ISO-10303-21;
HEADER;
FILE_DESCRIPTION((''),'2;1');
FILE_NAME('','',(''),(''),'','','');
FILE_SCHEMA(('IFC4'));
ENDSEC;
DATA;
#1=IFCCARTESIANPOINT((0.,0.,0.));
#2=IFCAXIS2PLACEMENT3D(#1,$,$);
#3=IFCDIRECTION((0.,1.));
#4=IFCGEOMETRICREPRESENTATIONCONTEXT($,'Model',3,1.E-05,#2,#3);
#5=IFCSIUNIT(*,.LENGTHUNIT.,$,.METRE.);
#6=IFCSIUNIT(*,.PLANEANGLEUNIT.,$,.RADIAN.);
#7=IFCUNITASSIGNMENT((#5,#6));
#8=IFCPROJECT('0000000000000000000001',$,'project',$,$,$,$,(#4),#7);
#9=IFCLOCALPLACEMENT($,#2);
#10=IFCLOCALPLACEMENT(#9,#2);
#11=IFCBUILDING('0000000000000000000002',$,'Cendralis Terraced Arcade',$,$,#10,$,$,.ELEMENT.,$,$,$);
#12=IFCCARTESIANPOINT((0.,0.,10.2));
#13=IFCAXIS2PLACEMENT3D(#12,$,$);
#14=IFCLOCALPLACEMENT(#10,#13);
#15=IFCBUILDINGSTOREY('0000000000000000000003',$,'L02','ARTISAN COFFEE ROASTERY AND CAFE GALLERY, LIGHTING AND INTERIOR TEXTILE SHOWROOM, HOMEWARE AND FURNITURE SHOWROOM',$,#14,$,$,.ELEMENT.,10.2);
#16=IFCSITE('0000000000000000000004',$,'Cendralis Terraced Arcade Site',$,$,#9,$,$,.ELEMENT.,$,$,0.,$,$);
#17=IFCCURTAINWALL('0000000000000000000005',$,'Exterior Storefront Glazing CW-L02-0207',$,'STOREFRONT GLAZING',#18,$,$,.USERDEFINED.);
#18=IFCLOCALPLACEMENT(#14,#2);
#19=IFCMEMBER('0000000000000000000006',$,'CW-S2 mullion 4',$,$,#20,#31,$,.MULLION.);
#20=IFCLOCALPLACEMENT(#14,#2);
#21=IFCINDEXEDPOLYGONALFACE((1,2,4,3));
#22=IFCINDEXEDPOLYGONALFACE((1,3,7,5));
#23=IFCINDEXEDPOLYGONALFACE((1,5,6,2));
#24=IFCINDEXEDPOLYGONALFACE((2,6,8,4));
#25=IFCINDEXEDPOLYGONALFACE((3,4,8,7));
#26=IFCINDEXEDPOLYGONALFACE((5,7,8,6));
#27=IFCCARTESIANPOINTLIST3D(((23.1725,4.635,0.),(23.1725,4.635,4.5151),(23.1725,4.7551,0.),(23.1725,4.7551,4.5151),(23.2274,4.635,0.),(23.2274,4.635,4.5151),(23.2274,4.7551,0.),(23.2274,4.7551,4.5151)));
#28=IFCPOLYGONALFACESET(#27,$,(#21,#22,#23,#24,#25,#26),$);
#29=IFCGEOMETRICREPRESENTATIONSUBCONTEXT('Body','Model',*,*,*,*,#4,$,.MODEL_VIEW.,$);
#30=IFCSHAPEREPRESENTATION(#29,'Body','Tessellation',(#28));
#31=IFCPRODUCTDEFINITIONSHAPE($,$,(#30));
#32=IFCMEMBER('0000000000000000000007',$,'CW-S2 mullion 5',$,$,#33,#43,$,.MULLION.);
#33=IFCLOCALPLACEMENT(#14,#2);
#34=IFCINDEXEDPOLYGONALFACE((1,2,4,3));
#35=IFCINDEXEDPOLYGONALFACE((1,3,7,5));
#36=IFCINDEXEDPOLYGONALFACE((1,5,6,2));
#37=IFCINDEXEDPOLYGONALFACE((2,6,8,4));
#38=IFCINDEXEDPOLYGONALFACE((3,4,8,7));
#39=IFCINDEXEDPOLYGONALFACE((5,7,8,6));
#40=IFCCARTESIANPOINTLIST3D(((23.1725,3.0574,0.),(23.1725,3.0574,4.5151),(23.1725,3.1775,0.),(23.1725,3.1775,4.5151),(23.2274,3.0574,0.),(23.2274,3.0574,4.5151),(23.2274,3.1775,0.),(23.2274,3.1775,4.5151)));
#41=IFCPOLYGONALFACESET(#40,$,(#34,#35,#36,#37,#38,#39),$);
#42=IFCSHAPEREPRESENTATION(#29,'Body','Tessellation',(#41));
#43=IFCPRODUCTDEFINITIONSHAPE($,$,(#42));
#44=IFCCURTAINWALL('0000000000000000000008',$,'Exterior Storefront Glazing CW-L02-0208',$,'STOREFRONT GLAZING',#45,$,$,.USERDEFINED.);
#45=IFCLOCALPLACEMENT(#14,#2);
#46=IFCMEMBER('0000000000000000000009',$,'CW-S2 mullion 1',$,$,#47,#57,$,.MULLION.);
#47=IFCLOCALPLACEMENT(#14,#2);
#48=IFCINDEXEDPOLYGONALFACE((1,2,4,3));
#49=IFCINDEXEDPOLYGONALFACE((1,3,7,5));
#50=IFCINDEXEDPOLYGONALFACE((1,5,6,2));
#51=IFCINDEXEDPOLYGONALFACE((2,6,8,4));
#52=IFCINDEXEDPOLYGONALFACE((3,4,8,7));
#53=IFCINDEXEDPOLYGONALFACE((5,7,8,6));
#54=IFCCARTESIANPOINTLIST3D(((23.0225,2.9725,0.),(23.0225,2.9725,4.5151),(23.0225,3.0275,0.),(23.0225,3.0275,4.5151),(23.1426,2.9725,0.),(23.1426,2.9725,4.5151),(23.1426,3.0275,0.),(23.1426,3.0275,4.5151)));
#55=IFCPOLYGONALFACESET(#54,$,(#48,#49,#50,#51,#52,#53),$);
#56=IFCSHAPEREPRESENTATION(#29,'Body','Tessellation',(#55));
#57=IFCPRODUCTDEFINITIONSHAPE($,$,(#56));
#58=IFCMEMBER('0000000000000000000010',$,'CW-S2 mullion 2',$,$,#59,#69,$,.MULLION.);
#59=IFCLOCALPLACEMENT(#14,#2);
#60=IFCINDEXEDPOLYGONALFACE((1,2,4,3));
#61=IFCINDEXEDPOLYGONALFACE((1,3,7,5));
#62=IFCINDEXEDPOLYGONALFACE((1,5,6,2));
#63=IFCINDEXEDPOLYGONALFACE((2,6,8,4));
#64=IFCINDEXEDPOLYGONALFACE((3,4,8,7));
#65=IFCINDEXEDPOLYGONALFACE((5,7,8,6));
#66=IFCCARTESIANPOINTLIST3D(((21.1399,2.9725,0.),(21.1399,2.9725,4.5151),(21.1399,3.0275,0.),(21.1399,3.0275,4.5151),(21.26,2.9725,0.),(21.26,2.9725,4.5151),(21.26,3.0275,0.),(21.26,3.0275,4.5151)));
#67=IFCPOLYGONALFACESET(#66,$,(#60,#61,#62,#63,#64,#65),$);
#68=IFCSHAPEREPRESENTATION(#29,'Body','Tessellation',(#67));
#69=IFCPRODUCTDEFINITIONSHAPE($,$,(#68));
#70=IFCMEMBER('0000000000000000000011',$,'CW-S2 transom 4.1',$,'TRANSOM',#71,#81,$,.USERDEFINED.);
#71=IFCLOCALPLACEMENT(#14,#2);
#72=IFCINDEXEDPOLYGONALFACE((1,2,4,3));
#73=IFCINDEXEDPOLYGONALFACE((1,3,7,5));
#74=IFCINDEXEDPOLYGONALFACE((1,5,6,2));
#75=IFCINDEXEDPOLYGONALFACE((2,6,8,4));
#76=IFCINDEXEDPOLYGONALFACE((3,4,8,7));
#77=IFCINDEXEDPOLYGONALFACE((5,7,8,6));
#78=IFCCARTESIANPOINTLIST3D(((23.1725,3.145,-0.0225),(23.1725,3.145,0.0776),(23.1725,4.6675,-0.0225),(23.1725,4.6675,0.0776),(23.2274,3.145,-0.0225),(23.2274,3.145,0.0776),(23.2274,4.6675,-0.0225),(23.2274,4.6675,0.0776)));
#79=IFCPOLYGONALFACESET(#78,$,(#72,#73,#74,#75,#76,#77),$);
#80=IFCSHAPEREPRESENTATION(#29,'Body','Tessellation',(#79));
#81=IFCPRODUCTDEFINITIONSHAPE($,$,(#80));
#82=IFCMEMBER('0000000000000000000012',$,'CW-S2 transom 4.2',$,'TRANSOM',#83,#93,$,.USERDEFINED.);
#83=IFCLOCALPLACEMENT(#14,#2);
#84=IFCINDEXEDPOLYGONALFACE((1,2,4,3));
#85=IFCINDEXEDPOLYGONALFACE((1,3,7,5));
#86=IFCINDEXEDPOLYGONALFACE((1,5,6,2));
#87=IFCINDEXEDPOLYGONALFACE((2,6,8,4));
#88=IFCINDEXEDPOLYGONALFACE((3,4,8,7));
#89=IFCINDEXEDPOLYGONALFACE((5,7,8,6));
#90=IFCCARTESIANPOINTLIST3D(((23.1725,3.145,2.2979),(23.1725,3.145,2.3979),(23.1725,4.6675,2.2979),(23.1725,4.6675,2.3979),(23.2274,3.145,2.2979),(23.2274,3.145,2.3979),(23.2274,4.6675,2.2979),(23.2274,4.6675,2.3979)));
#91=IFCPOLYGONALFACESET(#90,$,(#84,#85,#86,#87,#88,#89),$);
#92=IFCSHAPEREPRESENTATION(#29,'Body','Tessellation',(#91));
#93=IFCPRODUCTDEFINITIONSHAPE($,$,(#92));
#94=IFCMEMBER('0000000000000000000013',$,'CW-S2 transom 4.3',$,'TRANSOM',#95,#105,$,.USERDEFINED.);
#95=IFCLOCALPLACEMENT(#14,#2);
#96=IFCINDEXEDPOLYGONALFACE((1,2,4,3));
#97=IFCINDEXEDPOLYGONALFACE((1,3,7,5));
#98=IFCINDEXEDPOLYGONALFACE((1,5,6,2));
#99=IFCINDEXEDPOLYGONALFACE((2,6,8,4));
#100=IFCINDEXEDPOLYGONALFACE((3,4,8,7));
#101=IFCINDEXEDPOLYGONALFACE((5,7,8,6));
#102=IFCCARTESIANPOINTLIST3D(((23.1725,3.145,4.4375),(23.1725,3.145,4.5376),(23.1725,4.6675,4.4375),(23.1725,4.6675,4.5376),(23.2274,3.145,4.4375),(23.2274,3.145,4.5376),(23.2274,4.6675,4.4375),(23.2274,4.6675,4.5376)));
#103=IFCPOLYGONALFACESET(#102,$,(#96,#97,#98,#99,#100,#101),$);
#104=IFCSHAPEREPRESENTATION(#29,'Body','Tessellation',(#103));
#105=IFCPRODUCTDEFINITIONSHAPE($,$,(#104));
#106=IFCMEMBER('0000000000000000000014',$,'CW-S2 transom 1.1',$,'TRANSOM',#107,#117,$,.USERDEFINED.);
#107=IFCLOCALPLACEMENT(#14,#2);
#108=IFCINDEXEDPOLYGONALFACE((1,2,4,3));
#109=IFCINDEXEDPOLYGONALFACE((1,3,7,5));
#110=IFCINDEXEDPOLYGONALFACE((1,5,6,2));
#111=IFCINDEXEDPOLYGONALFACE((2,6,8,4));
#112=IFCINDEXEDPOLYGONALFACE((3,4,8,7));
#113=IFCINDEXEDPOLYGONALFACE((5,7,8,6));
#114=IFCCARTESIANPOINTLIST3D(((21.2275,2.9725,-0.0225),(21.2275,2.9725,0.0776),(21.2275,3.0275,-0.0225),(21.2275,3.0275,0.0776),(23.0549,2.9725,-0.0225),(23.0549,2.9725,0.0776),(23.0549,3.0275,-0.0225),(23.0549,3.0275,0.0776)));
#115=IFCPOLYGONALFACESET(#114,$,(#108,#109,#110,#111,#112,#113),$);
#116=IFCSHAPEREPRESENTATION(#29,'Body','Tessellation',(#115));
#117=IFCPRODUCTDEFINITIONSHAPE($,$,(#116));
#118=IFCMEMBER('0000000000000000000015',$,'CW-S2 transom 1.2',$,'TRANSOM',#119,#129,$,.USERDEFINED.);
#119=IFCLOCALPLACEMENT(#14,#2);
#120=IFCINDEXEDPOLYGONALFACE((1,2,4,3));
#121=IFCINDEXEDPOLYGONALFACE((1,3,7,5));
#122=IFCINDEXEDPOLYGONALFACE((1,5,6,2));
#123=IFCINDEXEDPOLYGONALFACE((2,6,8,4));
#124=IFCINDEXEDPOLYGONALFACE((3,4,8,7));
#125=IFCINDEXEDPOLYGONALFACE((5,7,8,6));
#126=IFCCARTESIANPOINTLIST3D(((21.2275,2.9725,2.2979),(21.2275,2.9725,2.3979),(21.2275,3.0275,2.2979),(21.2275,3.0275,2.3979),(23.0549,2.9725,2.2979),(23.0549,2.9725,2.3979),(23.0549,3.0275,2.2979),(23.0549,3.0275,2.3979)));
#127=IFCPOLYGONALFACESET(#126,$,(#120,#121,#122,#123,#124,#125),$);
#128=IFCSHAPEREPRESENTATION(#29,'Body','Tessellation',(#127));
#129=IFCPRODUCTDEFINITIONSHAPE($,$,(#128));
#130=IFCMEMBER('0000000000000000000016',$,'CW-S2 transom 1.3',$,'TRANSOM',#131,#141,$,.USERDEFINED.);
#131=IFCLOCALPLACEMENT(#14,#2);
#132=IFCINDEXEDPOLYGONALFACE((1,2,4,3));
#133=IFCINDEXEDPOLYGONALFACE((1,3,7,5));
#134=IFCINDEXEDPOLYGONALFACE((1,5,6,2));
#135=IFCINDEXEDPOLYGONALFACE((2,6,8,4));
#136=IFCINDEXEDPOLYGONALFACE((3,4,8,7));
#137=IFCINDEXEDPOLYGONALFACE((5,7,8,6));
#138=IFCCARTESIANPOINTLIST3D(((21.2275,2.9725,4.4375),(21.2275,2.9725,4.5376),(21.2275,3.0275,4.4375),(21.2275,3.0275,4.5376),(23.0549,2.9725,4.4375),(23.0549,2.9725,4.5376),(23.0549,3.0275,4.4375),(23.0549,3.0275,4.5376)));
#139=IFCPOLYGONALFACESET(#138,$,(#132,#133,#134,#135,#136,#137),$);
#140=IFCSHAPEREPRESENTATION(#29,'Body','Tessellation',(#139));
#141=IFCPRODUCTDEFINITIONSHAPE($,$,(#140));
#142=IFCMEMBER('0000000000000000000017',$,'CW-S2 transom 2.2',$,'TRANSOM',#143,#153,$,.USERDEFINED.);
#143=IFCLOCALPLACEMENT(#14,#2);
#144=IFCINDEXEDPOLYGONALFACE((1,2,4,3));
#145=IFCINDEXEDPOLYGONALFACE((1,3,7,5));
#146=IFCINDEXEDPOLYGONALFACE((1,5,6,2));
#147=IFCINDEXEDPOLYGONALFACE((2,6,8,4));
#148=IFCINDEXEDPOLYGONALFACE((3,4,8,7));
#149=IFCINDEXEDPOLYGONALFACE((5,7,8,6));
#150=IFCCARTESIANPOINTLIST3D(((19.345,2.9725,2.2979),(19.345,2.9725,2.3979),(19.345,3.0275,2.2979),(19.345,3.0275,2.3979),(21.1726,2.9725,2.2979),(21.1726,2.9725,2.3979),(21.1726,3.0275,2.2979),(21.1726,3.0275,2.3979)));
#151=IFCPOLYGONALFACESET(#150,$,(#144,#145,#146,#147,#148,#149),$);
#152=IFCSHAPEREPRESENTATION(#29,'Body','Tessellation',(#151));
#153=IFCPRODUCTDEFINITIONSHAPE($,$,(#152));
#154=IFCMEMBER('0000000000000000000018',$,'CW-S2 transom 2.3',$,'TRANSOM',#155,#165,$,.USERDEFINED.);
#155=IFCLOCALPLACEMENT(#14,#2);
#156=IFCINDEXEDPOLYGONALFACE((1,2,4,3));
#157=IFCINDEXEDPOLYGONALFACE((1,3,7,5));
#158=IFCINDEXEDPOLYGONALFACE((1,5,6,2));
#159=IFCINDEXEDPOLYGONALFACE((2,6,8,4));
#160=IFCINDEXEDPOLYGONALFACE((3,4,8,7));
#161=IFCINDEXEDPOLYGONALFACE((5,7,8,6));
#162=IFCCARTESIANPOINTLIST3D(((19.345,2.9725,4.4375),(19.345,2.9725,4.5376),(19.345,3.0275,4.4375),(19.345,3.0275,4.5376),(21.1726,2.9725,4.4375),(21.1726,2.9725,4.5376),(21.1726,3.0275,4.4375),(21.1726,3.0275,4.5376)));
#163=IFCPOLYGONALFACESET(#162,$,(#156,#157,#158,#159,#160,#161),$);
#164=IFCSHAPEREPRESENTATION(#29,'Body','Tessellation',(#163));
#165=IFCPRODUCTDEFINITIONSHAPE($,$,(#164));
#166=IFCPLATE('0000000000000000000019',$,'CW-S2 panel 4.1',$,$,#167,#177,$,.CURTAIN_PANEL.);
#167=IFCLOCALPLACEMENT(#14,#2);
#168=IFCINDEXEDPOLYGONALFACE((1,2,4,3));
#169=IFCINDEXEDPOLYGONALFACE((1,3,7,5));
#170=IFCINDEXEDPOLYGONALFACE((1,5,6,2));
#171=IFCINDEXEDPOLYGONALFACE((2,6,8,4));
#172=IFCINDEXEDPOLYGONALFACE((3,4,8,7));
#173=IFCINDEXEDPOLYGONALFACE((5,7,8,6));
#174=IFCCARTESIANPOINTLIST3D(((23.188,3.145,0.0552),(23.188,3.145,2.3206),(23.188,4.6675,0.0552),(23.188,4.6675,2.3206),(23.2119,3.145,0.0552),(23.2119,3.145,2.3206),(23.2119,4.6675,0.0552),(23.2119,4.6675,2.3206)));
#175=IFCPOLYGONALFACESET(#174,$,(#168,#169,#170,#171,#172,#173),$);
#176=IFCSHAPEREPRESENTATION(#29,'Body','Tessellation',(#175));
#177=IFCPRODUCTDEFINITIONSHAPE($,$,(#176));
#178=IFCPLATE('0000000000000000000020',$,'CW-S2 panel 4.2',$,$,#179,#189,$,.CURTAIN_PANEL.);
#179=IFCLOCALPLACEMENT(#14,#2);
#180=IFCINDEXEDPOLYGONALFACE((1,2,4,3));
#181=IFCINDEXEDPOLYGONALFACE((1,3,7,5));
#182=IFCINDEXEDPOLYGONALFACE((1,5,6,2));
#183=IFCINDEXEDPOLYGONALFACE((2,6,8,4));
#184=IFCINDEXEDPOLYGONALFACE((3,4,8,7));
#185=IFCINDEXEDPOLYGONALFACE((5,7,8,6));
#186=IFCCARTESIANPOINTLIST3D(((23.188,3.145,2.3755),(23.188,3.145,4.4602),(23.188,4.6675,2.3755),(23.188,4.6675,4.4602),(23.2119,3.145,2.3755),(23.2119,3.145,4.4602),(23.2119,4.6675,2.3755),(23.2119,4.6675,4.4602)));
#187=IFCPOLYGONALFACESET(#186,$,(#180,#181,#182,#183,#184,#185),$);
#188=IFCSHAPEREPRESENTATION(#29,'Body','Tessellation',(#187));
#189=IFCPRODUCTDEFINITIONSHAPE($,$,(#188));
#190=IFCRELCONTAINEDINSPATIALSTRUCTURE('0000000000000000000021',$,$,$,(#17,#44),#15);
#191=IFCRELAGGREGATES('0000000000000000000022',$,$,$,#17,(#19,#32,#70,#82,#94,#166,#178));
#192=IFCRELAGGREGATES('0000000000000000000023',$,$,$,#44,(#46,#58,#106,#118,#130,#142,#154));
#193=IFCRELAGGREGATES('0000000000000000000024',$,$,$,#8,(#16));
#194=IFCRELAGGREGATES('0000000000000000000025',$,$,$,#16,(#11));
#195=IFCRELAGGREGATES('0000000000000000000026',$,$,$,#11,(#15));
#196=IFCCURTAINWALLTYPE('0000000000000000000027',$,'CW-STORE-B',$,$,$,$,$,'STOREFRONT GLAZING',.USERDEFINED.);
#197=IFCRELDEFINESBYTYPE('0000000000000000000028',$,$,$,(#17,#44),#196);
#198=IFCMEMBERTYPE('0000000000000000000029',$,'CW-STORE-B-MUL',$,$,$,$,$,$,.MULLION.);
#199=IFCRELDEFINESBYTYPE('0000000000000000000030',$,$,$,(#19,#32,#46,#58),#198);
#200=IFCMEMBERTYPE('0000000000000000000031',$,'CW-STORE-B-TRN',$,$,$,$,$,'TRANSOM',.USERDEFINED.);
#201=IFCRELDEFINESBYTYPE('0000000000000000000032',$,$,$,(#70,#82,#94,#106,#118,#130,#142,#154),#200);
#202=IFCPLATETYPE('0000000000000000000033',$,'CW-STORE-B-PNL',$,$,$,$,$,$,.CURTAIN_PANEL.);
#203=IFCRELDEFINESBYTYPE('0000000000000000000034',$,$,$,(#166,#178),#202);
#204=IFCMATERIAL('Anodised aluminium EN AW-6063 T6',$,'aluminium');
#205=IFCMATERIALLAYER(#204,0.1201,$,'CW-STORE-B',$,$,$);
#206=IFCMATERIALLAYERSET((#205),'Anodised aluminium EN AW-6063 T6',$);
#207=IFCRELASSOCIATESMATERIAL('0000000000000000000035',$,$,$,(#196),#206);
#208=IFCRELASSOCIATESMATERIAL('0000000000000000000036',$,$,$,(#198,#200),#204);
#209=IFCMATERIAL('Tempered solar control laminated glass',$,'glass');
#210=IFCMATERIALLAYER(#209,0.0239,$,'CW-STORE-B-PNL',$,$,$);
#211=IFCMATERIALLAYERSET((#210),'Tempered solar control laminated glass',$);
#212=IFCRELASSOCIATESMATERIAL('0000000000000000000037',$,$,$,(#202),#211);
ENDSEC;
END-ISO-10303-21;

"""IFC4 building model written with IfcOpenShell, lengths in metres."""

from ifc_helpers import new_model, si_unit, direction, frame, origin, origin_2d, place, context, subcontext, project, spatial, rectangle, extrude, material, layer, layer_set, material_profile, profile_set, type_object, element, aggregate, save


model = new_model("IFC4")

# Units and contexts
model_context = context("Model", 3, precision=1e-05, world=origin(), true_north=direction((0.0, 1.0)))
body_context = subcontext(model_context, "Body", "Model", "MODEL_VIEW")
ifc_project = project(units=[si_unit("LENGTHUNIT", "METRE"), si_unit("PLANEANGLEUNIT", "RADIAN")], contexts=[model_context])

# Site, building, storey
site_placement = place(None, origin())
site = spatial("IfcSite", under=ifc_project, at=site_placement, Name="Cendralis Terraced Arcade Site", CompositionType="ELEMENT", RefElevation=0.0)
building_placement = place(site_placement, origin())
building = spatial("IfcBuilding", under=site, at=building_placement, Name="Cendralis Terraced Arcade", CompositionType="ELEMENT")
storey_placement = place(building_placement, frame((0.0, 0.0, 10.2)))
storey = spatial("IfcBuildingStorey", under=building, at=storey_placement, Name="L02", Description="ARTISAN COFFEE ROASTERY AND CAFE GALLERY, LIGHTING AND INTERIOR TEXTILE SHOWROOM, HOMEWARE AND FURNITURE SHOWROOM", CompositionType="ELEMENT", Elevation=10.2)

# Curtain walls, members
ifc_material_1 = material(Name="Anodised aluminium EN AW-6063 T6", Category="aluminium")
ifc_layer_1 = layer(ifc_material_1, 0.1201, Name="CW-STORE-B")
ifc_layer_set_1 = layer_set([ifc_layer_1], Name="Anodised aluminium EN AW-6063 T6")
curtain_wall_type = type_object("IfcCurtainWallType", Name="CW-STORE-B", ElementType="STOREFRONT GLAZING", PredefinedType="USERDEFINED", material=ifc_layer_set_1)
curtain_wall_1_placement = place(storey_placement, origin())
curtain_wall_1 = element("IfcCurtainWall", 1, at=curtain_wall_1_placement, inside=storey, type_object=curtain_wall_type, Name="Exterior Storefront Glazing CW-L02-0207", ObjectType="STOREFRONT GLAZING", PredefinedType="USERDEFINED")
ifc_material_profile_1 = material_profile(ifc_material_1, rectangle(XDim=0.0549, YDim=0.1201, at=origin_2d()), Name="ALU-MUL-55x120")
ifc_profile_set_1 = profile_set([ifc_material_profile_1], Name="Anodised aluminium EN AW-6063 T6")
member_type_1 = type_object("IfcMemberType", Name="CW-STORE-B-MUL", PredefinedType="MULLION", material=ifc_profile_set_1)
member_1_placement = place(storey_placement, frame((23.2, 4.6951, 0.0), z_axis=(0.0, 0.0, 1.0), x_axis=(1.0, 0.0, 0.0)))
member_1 = element("IfcMember", 2, at=member_1_placement, type_object=member_type_1, Name="CW-S2 mullion 4", PredefinedType="MULLION", context=body_context, shape_type="SweptSolid", body=[
    extrude(rectangle(XDim=0.0549, YDim=0.1201, at=origin_2d()), origin(), (0.0, 0.0, 1.0), 4.5151),
])
member_2_placement = place(storey_placement, frame((23.2, 3.1174, 0.0), z_axis=(0.0, 0.0, 1.0), x_axis=(1.0, 0.0, 0.0)))
member_2 = element("IfcMember", 3, at=member_2_placement, type_object=member_type_1, Name="CW-S2 mullion 5", PredefinedType="MULLION", context=body_context, shape_type="SweptSolid", body=[
    extrude(rectangle(XDim=0.0549, YDim=0.1201, at=origin_2d()), origin(), (0.0, 0.0, 1.0), 4.5151),
])
curtain_wall_2_placement = place(storey_placement, origin())
curtain_wall_2 = element("IfcCurtainWall", 4, at=curtain_wall_2_placement, inside=storey, type_object=curtain_wall_type, Name="Exterior Storefront Glazing CW-L02-0208", ObjectType="STOREFRONT GLAZING", PredefinedType="USERDEFINED")
member_3_placement = place(storey_placement, frame((23.0825, 3.0, 0.0), z_axis=(0.0, 0.0, 1.0), x_axis=(0.0, -1.0, 0.0)))
member_3 = element("IfcMember", 5, at=member_3_placement, type_object=member_type_1, Name="CW-S2 mullion 1", PredefinedType="MULLION", context=body_context, shape_type="SweptSolid", body=[
    extrude(rectangle(XDim=0.0549, YDim=0.1201, at=origin_2d()), origin(), (0.0, 0.0, 1.0), 4.5151),
])
member_4_placement = place(storey_placement, frame((21.2, 3.0, 0.0), z_axis=(0.0, 0.0, 1.0), x_axis=(0.0, -1.0, 0.0)))
member_4 = element("IfcMember", 6, at=member_4_placement, type_object=member_type_1, Name="CW-S2 mullion 2", PredefinedType="MULLION", context=body_context, shape_type="SweptSolid", body=[
    extrude(rectangle(XDim=0.0549, YDim=0.1201, at=origin_2d()), origin(), (0.0, 0.0, 1.0), 4.5151),
])

# Members
ifc_material_profile_2 = material_profile(ifc_material_1, rectangle(XDim=0.0549, YDim=0.1001, at=origin_2d()), Name="ALU-TRN-55x100")
ifc_profile_set_2 = profile_set([ifc_material_profile_2], Name="Anodised aluminium EN AW-6063 T6")
member_type_2 = type_object("IfcMemberType", Name="CW-STORE-B-TRN", ElementType="TRANSOM", PredefinedType="USERDEFINED", material=ifc_profile_set_2)
member_5_placement = place(storey_placement, frame((23.2, 4.6675, 0.0276), z_axis=(0.0, -1.0, 0.0), x_axis=(1.0, 0.0, 0.0)))
member_5 = element("IfcMember", 7, at=member_5_placement, type_object=member_type_2, Name="CW-S2 transom 4.1", ObjectType="TRANSOM", PredefinedType="USERDEFINED", context=body_context, shape_type="SweptSolid", body=[
    extrude(rectangle(XDim=0.0549, YDim=0.1001, at=origin_2d()), origin(), (0.0, 0.0, 1.0), 1.5225),
])
member_6_placement = place(storey_placement, frame((23.2, 4.6675, 2.3479), z_axis=(0.0, -1.0, 0.0), x_axis=(1.0, 0.0, 0.0)))
member_6 = element("IfcMember", 8, at=member_6_placement, type_object=member_type_2, Name="CW-S2 transom 4.2", ObjectType="TRANSOM", PredefinedType="USERDEFINED", context=body_context, shape_type="SweptSolid", body=[
    extrude(rectangle(XDim=0.0549, YDim=0.1001, at=origin_2d()), origin(), (0.0, 0.0, 1.0), 1.5225),
])
member_7_placement = place(storey_placement, frame((23.2, 4.6675, 4.4875), z_axis=(0.0, -1.0, 0.0), x_axis=(1.0, 0.0, 0.0)))
member_7 = element("IfcMember", 9, at=member_7_placement, type_object=member_type_2, Name="CW-S2 transom 4.3", ObjectType="TRANSOM", PredefinedType="USERDEFINED", context=body_context, shape_type="SweptSolid", body=[
    extrude(rectangle(XDim=0.0549, YDim=0.1001, at=origin_2d()), origin(), (0.0, 0.0, 1.0), 1.5225),
])
member_8_placement = place(storey_placement, frame((23.0549, 3.0, 0.0276), z_axis=(-1.0, 0.0, 0.0), x_axis=(0.0, -1.0, 0.0)))
member_8 = element("IfcMember", 10, at=member_8_placement, type_object=member_type_2, Name="CW-S2 transom 1.1", ObjectType="TRANSOM", PredefinedType="USERDEFINED", context=body_context, shape_type="SweptSolid", body=[
    extrude(rectangle(XDim=0.0549, YDim=0.1001, at=origin_2d()), origin(), (0.0, 0.0, 1.0), 1.8274),
])
member_9_placement = place(storey_placement, frame((23.0549, 3.0, 2.3479), z_axis=(-1.0, 0.0, 0.0), x_axis=(0.0, -1.0, 0.0)))
member_9 = element("IfcMember", 11, at=member_9_placement, type_object=member_type_2, Name="CW-S2 transom 1.2", ObjectType="TRANSOM", PredefinedType="USERDEFINED", context=body_context, shape_type="SweptSolid", body=[
    extrude(rectangle(XDim=0.0549, YDim=0.1001, at=origin_2d()), origin(), (0.0, 0.0, 1.0), 1.8274),
])
member_10_placement = place(storey_placement, frame((23.0549, 3.0, 4.4875), z_axis=(-1.0, 0.0, 0.0), x_axis=(0.0, -1.0, 0.0)))
member_10 = element("IfcMember", 12, at=member_10_placement, type_object=member_type_2, Name="CW-S2 transom 1.3", ObjectType="TRANSOM", PredefinedType="USERDEFINED", context=body_context, shape_type="SweptSolid", body=[
    extrude(rectangle(XDim=0.0549, YDim=0.1001, at=origin_2d()), origin(), (0.0, 0.0, 1.0), 1.8274),
])
member_11_placement = place(storey_placement, frame((21.1726, 3.0, 2.3479), z_axis=(-1.0, 0.0, 0.0), x_axis=(0.0, -1.0, 0.0)))
member_11 = element("IfcMember", 13, at=member_11_placement, type_object=member_type_2, Name="CW-S2 transom 2.2", ObjectType="TRANSOM", PredefinedType="USERDEFINED", context=body_context, shape_type="SweptSolid", body=[
    extrude(rectangle(XDim=0.0549, YDim=0.1001, at=origin_2d()), origin(), (0.0, 0.0, 1.0), 1.8276),
])
member_12_placement = place(storey_placement, frame((21.1726, 3.0, 4.4875), z_axis=(-1.0, 0.0, 0.0), x_axis=(0.0, -1.0, 0.0)))
member_12 = element("IfcMember", 14, at=member_12_placement, type_object=member_type_2, Name="CW-S2 transom 2.3", ObjectType="TRANSOM", PredefinedType="USERDEFINED", context=body_context, shape_type="SweptSolid", body=[
    extrude(rectangle(XDim=0.0549, YDim=0.1001, at=origin_2d()), origin(), (0.0, 0.0, 1.0), 1.8276),
])

# Plates
ifc_material_2 = material(Name="Tempered solar control laminated glass", Category="glass")
ifc_layer_2 = layer(ifc_material_2, 0.0239, Name="CW-STORE-B-PNL")
ifc_layer_set_2 = layer_set([ifc_layer_2], Name="Tempered solar control laminated glass")
plate_type = type_object("IfcPlateType", Name="CW-STORE-B-PNL", PredefinedType="CURTAIN_PANEL", material=ifc_layer_set_2)
plate_1_placement = place(storey_placement, frame((23.2, 3.9062, 0.0552), z_axis=(0.0, 0.0, 1.0), x_axis=(0.0, -1.0, 0.0)))
plate_1 = element("IfcPlate", 15, at=plate_1_placement, type_object=plate_type, Name="CW-S2 panel 4.1", PredefinedType="CURTAIN_PANEL", context=body_context, shape_type="SweptSolid", body=[
    extrude(rectangle(XDim=1.5225, YDim=0.0239, at=origin_2d()), origin(), (0.0, 0.0, 1.0), 2.2654),
])
plate_2_placement = place(storey_placement, frame((23.2, 3.9062, 2.3755), z_axis=(0.0, 0.0, 1.0), x_axis=(0.0, -1.0, 0.0)))
plate_2 = element("IfcPlate", 16, at=plate_2_placement, type_object=plate_type, Name="CW-S2 panel 4.2", PredefinedType="CURTAIN_PANEL", context=body_context, shape_type="SweptSolid", body=[
    extrude(rectangle(XDim=1.5225, YDim=0.0239, at=origin_2d()), origin(), (0.0, 0.0, 1.0), 2.0847),
])
aggregate(curtain_wall_1, [member_1, member_2, member_5, member_6, member_7, plate_1, plate_2])
aggregate(curtain_wall_2, [member_3, member_4, member_8, member_9, member_10, member_11, member_12])

save(model, "model.ifc")
